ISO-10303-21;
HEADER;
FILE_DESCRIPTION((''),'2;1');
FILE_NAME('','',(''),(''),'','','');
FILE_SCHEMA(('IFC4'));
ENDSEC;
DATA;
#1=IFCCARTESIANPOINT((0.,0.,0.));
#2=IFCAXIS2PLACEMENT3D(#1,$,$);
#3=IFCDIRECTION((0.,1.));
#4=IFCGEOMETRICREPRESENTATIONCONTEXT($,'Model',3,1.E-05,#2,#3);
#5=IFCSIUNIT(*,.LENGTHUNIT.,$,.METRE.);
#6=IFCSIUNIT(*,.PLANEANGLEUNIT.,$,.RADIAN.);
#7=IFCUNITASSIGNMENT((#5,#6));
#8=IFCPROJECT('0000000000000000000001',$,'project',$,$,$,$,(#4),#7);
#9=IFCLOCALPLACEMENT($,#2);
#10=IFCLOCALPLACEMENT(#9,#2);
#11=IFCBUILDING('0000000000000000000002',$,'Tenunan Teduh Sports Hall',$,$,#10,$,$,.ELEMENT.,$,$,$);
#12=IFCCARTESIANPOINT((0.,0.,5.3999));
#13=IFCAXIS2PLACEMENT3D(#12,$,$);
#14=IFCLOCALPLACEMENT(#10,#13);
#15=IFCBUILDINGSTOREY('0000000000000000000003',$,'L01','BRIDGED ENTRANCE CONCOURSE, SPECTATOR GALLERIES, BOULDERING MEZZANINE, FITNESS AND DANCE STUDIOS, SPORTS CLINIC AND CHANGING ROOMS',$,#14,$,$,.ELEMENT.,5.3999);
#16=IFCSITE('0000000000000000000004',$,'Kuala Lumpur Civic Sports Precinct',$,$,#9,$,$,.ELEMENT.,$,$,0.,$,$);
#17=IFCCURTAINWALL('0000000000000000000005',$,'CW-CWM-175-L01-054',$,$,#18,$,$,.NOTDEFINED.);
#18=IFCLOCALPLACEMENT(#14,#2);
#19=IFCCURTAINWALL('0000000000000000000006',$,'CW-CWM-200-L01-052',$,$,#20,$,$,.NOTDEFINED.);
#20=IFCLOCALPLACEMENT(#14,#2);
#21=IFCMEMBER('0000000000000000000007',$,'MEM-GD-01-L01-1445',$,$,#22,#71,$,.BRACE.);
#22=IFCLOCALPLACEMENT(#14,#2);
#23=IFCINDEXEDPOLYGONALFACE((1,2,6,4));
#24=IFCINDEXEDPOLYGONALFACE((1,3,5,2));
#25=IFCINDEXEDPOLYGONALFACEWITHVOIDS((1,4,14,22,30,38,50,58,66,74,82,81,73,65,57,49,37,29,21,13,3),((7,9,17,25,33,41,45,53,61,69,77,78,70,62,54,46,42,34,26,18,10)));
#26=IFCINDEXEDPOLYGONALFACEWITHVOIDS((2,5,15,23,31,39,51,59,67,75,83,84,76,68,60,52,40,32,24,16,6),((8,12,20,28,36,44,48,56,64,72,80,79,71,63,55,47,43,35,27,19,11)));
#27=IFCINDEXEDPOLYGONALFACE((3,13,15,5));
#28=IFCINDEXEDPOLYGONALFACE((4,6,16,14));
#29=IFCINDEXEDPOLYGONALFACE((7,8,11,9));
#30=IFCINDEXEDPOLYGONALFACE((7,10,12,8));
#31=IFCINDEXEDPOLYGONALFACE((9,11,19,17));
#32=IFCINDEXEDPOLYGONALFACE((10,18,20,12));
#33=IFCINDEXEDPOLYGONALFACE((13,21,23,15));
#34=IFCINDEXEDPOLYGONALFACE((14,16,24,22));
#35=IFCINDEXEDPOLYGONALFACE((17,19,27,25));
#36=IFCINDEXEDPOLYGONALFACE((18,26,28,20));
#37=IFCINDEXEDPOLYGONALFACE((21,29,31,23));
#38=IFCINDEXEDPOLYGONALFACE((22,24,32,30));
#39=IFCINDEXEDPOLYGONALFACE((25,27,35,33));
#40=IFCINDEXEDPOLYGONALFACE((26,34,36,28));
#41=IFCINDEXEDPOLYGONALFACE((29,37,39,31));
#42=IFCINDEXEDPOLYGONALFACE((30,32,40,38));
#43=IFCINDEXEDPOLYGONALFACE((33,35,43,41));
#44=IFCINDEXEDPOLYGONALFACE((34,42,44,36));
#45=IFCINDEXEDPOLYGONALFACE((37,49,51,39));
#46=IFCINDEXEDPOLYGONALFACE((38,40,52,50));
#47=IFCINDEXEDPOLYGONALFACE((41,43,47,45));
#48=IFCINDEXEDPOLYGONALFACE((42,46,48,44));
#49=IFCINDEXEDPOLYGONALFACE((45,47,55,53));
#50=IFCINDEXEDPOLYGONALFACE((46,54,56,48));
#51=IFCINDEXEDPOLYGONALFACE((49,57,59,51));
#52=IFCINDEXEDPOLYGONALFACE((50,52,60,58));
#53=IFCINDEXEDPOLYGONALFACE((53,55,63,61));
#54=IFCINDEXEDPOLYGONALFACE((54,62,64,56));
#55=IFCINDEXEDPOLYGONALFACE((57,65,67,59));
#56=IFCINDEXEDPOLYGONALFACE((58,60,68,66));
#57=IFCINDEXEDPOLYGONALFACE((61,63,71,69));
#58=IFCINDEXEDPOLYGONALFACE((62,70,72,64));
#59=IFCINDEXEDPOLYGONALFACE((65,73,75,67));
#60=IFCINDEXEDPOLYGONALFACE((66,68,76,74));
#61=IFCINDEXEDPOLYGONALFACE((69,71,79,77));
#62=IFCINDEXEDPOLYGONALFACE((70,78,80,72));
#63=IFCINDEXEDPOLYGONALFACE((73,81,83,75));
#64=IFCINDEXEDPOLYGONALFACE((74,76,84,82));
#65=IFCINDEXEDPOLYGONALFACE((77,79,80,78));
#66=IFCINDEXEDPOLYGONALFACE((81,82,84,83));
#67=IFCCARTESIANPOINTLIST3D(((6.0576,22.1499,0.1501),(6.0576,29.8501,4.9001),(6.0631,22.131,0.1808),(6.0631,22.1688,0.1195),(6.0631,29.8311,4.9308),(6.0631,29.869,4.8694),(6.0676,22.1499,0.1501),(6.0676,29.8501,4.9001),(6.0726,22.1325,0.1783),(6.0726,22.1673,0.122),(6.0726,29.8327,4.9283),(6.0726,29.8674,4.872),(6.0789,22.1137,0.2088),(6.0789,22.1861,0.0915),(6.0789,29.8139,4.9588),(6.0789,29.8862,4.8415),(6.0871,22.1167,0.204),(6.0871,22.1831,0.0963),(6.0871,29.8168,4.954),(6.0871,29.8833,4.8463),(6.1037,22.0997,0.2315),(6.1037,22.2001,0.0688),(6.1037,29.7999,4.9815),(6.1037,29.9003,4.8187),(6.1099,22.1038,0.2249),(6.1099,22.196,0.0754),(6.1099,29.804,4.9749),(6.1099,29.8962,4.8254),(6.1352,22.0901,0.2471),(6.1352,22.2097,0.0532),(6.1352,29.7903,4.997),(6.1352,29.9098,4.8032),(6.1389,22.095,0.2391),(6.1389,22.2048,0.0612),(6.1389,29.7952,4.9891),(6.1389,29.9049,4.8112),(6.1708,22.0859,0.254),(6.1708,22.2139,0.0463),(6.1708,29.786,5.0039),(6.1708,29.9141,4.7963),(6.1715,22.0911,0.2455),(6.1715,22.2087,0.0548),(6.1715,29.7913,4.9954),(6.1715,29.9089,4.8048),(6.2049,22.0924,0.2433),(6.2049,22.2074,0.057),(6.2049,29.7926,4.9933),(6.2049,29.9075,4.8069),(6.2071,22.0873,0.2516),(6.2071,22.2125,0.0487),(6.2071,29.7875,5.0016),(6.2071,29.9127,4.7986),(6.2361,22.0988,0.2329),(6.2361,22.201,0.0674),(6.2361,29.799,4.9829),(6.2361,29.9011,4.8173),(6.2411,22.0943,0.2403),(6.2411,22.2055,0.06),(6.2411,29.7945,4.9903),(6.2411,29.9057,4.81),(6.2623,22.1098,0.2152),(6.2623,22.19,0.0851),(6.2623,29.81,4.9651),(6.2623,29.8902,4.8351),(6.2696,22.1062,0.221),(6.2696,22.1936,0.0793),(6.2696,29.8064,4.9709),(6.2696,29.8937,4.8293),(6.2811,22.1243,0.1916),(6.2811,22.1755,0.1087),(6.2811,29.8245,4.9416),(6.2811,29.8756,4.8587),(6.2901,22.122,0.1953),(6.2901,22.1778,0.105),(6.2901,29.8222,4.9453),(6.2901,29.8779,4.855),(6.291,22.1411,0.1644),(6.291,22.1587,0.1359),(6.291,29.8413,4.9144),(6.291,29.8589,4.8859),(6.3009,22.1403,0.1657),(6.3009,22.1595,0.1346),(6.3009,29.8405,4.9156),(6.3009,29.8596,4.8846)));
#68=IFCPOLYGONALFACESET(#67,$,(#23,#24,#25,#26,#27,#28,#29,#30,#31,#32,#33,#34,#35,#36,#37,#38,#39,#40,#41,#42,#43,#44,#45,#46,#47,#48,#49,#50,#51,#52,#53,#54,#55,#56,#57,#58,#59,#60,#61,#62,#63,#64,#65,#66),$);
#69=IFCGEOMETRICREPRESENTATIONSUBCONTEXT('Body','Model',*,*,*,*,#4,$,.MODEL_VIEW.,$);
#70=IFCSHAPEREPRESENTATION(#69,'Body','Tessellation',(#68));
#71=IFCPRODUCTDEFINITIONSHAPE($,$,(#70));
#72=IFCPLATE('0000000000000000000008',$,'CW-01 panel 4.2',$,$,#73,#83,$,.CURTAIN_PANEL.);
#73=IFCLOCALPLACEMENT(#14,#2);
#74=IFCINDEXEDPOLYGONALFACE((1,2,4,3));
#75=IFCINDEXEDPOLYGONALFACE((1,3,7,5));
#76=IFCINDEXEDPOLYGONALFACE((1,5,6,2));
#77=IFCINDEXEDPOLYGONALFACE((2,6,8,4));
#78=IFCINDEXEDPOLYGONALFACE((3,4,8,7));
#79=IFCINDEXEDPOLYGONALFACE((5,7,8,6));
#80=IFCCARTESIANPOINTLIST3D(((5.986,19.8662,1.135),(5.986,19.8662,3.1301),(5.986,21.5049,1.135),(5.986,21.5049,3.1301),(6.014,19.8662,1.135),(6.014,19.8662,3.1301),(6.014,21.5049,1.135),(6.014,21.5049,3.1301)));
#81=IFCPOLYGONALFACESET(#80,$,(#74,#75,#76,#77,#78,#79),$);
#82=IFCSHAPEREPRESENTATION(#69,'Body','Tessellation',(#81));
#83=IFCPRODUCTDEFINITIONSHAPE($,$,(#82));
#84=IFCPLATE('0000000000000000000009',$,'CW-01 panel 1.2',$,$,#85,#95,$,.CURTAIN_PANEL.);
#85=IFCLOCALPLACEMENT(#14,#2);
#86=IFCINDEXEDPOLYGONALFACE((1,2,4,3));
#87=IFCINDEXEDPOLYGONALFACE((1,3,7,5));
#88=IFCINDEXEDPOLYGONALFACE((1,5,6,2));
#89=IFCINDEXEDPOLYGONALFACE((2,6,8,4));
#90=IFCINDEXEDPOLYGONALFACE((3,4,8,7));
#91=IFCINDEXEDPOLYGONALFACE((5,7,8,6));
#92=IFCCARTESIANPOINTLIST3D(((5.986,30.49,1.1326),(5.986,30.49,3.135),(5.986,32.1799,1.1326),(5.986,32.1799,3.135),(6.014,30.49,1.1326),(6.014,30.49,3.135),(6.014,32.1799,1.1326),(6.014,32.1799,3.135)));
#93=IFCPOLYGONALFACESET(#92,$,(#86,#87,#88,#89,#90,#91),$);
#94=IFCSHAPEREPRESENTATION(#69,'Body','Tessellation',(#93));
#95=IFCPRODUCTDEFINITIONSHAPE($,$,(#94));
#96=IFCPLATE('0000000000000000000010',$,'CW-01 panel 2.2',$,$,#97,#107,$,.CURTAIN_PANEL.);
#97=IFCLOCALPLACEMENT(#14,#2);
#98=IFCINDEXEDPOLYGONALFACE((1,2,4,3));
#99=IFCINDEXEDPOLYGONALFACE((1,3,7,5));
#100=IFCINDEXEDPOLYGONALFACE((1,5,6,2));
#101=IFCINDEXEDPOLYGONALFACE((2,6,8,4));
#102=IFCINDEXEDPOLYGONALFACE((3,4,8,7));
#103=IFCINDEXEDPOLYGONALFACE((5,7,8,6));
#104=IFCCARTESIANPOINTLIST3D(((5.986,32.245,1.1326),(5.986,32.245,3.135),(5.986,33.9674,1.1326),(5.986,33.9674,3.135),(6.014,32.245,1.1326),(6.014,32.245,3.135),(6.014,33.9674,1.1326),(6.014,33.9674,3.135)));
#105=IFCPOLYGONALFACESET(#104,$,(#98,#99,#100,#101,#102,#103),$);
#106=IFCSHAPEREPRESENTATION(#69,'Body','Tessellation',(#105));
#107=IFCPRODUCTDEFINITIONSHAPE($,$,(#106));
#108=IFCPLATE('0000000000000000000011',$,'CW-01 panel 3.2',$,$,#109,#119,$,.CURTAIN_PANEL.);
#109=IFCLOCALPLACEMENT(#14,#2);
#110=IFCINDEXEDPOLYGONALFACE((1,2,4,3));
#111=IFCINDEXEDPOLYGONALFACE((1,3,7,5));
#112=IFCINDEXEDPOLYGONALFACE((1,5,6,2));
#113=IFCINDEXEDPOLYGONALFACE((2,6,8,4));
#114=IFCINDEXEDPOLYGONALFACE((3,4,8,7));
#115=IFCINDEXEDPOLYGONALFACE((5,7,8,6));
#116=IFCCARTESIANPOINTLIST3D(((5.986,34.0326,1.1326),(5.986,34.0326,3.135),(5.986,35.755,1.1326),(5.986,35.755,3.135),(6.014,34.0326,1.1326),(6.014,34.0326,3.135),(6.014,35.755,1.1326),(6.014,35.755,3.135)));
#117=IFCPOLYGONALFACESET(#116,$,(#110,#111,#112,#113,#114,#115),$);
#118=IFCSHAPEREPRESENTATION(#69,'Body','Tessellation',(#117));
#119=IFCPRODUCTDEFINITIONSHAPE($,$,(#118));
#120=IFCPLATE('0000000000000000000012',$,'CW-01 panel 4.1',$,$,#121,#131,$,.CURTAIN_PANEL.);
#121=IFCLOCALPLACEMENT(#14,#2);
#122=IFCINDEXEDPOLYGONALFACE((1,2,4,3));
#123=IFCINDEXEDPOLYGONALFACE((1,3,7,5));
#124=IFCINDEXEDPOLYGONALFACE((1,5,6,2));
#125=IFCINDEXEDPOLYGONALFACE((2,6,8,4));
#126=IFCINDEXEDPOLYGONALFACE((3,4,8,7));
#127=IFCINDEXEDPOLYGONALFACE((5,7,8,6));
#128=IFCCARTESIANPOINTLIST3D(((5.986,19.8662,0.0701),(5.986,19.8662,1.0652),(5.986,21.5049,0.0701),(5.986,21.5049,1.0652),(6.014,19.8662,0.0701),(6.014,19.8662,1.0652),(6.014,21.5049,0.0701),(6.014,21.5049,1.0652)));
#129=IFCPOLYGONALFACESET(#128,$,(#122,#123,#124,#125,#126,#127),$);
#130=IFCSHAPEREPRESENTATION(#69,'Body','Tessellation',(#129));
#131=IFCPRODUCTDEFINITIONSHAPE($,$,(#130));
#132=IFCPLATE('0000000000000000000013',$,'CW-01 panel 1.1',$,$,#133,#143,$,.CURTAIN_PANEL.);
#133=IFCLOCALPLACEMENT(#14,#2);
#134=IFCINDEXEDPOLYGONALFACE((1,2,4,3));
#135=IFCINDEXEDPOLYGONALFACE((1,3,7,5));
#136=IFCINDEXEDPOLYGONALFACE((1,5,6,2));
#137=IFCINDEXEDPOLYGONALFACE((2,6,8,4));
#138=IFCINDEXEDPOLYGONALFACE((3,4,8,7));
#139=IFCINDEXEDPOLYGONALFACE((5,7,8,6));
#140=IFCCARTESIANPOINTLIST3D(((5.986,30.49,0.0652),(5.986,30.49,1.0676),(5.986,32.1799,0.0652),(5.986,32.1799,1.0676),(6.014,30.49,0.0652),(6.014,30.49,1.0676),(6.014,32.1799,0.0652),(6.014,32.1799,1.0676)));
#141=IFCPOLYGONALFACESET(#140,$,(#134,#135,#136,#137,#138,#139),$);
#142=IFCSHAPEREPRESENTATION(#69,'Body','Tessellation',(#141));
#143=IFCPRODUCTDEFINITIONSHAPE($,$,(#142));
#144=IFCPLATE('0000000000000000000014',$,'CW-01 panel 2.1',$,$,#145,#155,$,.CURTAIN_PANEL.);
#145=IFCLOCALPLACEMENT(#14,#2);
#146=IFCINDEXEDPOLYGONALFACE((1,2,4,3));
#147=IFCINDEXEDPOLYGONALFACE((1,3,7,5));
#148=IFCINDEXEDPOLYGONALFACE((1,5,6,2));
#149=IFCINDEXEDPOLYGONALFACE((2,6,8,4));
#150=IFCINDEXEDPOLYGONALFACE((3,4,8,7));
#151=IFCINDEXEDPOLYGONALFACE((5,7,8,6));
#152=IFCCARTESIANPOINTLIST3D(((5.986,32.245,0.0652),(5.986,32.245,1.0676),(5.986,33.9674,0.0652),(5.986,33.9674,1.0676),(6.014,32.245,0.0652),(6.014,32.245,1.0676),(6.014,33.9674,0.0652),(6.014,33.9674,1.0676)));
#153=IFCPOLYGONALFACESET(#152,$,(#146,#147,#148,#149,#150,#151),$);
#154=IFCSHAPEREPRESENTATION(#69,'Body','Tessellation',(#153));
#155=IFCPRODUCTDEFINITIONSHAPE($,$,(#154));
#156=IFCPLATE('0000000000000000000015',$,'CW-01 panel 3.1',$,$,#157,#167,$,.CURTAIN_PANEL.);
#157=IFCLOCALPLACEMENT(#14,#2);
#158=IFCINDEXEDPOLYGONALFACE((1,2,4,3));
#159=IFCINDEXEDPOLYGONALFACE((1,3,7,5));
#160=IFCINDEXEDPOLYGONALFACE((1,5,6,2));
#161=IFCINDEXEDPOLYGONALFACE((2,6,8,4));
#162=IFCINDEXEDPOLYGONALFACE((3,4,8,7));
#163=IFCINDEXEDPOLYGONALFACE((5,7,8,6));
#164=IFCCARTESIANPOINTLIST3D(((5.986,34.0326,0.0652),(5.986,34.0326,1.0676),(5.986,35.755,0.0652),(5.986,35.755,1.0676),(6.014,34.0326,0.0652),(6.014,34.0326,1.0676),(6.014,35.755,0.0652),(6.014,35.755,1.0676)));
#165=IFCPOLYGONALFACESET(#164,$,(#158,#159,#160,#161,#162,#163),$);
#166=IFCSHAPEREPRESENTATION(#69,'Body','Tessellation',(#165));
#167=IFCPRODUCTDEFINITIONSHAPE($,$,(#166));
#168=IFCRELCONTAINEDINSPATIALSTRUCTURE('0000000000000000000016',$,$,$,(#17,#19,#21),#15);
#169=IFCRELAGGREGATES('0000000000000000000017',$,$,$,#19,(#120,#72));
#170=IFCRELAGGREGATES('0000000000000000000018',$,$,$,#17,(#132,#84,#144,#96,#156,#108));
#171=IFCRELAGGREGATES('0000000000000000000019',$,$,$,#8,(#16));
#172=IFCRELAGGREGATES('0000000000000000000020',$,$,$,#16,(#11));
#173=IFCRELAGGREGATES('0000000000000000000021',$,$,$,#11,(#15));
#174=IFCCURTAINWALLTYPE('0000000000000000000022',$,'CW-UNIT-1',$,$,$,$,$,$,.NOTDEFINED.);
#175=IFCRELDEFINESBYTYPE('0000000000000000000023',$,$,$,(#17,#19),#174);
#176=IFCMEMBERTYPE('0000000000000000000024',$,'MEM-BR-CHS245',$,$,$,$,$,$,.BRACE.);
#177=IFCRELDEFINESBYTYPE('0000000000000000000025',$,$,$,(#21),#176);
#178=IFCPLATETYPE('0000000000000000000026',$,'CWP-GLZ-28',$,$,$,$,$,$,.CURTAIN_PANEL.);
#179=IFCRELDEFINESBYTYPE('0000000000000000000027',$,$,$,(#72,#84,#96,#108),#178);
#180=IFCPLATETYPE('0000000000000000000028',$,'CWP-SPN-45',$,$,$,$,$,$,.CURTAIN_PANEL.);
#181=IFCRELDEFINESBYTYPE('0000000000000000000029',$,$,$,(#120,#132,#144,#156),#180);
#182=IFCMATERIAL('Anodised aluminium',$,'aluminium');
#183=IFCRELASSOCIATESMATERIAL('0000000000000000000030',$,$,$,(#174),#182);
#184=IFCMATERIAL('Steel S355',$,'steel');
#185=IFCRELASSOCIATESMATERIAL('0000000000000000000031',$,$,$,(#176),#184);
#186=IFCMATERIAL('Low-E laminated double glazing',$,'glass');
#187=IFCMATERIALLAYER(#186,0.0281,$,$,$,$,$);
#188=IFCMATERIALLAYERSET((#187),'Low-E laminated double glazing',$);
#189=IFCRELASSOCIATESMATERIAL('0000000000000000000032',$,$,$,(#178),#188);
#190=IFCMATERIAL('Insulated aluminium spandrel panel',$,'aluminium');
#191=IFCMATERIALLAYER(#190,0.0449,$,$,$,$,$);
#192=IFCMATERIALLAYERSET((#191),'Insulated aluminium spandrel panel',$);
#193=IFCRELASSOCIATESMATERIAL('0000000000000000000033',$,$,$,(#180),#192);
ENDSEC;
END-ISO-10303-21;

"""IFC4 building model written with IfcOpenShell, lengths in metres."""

from ifc_helpers import new_model, si_unit, direction, frame, origin, origin_2d, place, context, subcontext, project, spatial, rectangle, hollow_circle, extrude, material, layer, layer_set, material_profile, profile_set, type_object, element, aggregate, save


model = new_model("IFC4")

# Units and contexts
model_context = context("Model", 3, precision=1e-05, world=origin(), true_north=direction((0.0, 1.0)))
body_context = subcontext(model_context, "Body", "Model", "MODEL_VIEW")
ifc_project = project(units=[si_unit("LENGTHUNIT", "METRE"), si_unit("PLANEANGLEUNIT", "RADIAN")], contexts=[model_context])

# Site, building, storey
site_placement = place(None, origin())
site = spatial("IfcSite", under=ifc_project, at=site_placement, Name="Kuala Lumpur Civic Sports Precinct", CompositionType="ELEMENT", RefElevation=0.0)
building_placement = place(site_placement, origin())
building = spatial("IfcBuilding", under=site, at=building_placement, Name="Tenunan Teduh Sports Hall", CompositionType="ELEMENT")
storey_placement = place(building_placement, frame((0.0, 0.0, 5.3999)))
storey = spatial("IfcBuildingStorey", under=building, at=storey_placement, Name="L01", Description="BRIDGED ENTRANCE CONCOURSE, SPECTATOR GALLERIES, BOULDERING MEZZANINE, FITNESS AND DANCE STUDIOS, SPORTS CLINIC AND CHANGING ROOMS", CompositionType="ELEMENT", Elevation=5.3999)

# Curtain walls
ifc_material_1 = material(Name="Anodised aluminium", Category="aluminium")
curtain_wall_type = type_object("IfcCurtainWallType", Name="CW-UNIT-1", PredefinedType="NOTDEFINED", material=ifc_material_1)
curtain_wall_1_placement = place(storey_placement, origin())
curtain_wall_1 = element("IfcCurtainWall", 1, at=curtain_wall_1_placement, inside=storey, type_object=curtain_wall_type, Name="CW-CWM-175-L01-054", PredefinedType="NOTDEFINED")
curtain_wall_2_placement = place(storey_placement, origin())
curtain_wall_2 = element("IfcCurtainWall", 2, at=curtain_wall_2_placement, inside=storey, type_object=curtain_wall_type, Name="CW-CWM-200-L01-052", PredefinedType="NOTDEFINED")

# Member
ifc_material_2 = material(Name="Steel S355", Category="steel")
ifc_material_profile_1 = material_profile(ifc_material_2, hollow_circle(Radius=0.1223, WallThickness=0.01, at=origin_2d()), Name="CHS 244.5x10.0")
ifc_profile_set_1 = profile_set([ifc_material_profile_1], Name="Steel S355")
member_type_1 = type_object("IfcMemberType", Name="MEM-BR-CHS245", PredefinedType="BRACE", material=ifc_profile_set_1)
member_1_placement = place(storey_placement, frame((6.1799, 22.1499, 0.1501), z_axis=(0.0, 0.851095, 0.525013), x_axis=(-1.0, 0.0, 0.0)))
element("IfcMember", 3, at=member_1_placement, inside=storey, type_object=member_type_1, Name="MEM-GD-01-L01-1445", PredefinedType="BRACE", context=body_context, shape_type="SweptSolid", body=[
    extrude(hollow_circle(Radius=0.1223, WallThickness=0.01, at=origin_2d()), origin(), (0.0, 0.0, 1.0), 9.0474),
])

# Plates
ifc_material_3 = material(Name="Low-E laminated double glazing", Category="glass")
ifc_layer_1 = layer(ifc_material_3, 0.0281)
ifc_layer_set_1 = layer_set([ifc_layer_1], Name="Low-E laminated double glazing")
plate_type_1 = type_object("IfcPlateType", Name="CWP-GLZ-28", PredefinedType="CURTAIN_PANEL", material=ifc_layer_set_1)
plate_1_placement = place(storey_placement, frame((6.0, 20.6855, 1.135), z_axis=(0.0, 0.0, 1.0), x_axis=(0.0, 1.0, 0.0)))
plate_1 = element("IfcPlate", 4, at=plate_1_placement, type_object=plate_type_1, Name="CW-01 panel 4.2", PredefinedType="CURTAIN_PANEL", context=body_context, shape_type="SweptSolid", body=[
    extrude(rectangle(XDim=1.6387, YDim=0.0281, at=origin_2d()), origin(), (0.0, 0.0, 1.0), 1.9951),
])
plate_2_placement = place(storey_placement, frame((6.0, 31.335, 1.1326), z_axis=(0.0, 0.0, 1.0), x_axis=(0.0, 1.0, 0.0)))
plate_2 = element("IfcPlate", 5, at=plate_2_placement, type_object=plate_type_1, Name="CW-01 panel 1.2", PredefinedType="CURTAIN_PANEL", context=body_context, shape_type="SweptSolid", body=[
    extrude(rectangle(XDim=1.6899, YDim=0.0281, at=origin_2d()), origin(), (0.0, 0.0, 1.0), 2.0024),
])
plate_3_placement = place(storey_placement, frame((6.0, 33.1062, 1.1326), z_axis=(0.0, 0.0, 1.0), x_axis=(0.0, 1.0, 0.0)))
plate_3 = element("IfcPlate", 6, at=plate_3_placement, type_object=plate_type_1, Name="CW-01 panel 2.2", PredefinedType="CURTAIN_PANEL", context=body_context, shape_type="SweptSolid", body=[
    extrude(rectangle(XDim=1.7224, YDim=0.0281, at=origin_2d()), origin(), (0.0, 0.0, 1.0), 2.0024),
])
plate_4_placement = place(storey_placement, frame((6.0, 34.8938, 1.1326), z_axis=(0.0, 0.0, 1.0), x_axis=(0.0, 1.0, 0.0)))
plate_4 = element("IfcPlate", 7, at=plate_4_placement, type_object=plate_type_1, Name="CW-01 panel 3.2", PredefinedType="CURTAIN_PANEL", context=body_context, shape_type="SweptSolid", body=[
    extrude(rectangle(XDim=1.7224, YDim=0.0281, at=origin_2d()), origin(), (0.0, 0.0, 1.0), 2.0024),
])
ifc_material_4 = material(Name="Insulated aluminium spandrel panel", Category="aluminium")
ifc_layer_2 = layer(ifc_material_4, 0.0449)
ifc_layer_set_2 = layer_set([ifc_layer_2], Name="Insulated aluminium spandrel panel")
plate_type_2 = type_object("IfcPlateType", Name="CWP-SPN-45", PredefinedType="CURTAIN_PANEL", material=ifc_layer_set_2)
plate_5_placement = place(storey_placement, frame((6.0, 20.6855, 0.0701), z_axis=(0.0, 0.0, 1.0), x_axis=(0.0, 1.0, 0.0)))
plate_5 = element("IfcPlate", 8, at=plate_5_placement, type_object=plate_type_2, Name="CW-01 panel 4.1", PredefinedType="CURTAIN_PANEL", context=body_context, shape_type="SweptSolid", body=[
    extrude(rectangle(XDim=1.6387, YDim=0.0281, at=origin_2d()), origin(), (0.0, 0.0, 1.0), 0.9951),
])
aggregate(curtain_wall_2, [plate_5, plate_1])
plate_6_placement = place(storey_placement, frame((6.0, 31.335, 0.0652), z_axis=(0.0, 0.0, 1.0), x_axis=(0.0, 1.0, 0.0)))
plate_6 = element("IfcPlate", 9, at=plate_6_placement, type_object=plate_type_2, Name="CW-01 panel 1.1", PredefinedType="CURTAIN_PANEL", context=body_context, shape_type="SweptSolid", body=[
    extrude(rectangle(XDim=1.6899, YDim=0.0281, at=origin_2d()), origin(), (0.0, 0.0, 1.0), 1.0024),
])
plate_7_placement = place(storey_placement, frame((6.0, 33.1062, 0.0652), z_axis=(0.0, 0.0, 1.0), x_axis=(0.0, 1.0, 0.0)))
plate_7 = element("IfcPlate", 10, at=plate_7_placement, type_object=plate_type_2, Name="CW-01 panel 2.1", PredefinedType="CURTAIN_PANEL", context=body_context, shape_type="SweptSolid", body=[
    extrude(rectangle(XDim=1.7224, YDim=0.0281, at=origin_2d()), origin(), (0.0, 0.0, 1.0), 1.0024),
])
plate_8_placement = place(storey_placement, frame((6.0, 34.8938, 0.0652), z_axis=(0.0, 0.0, 1.0), x_axis=(0.0, 1.0, 0.0)))
plate_8 = element("IfcPlate", 11, at=plate_8_placement, type_object=plate_type_2, Name="CW-01 panel 3.1", PredefinedType="CURTAIN_PANEL", context=body_context, shape_type="SweptSolid", body=[
    extrude(rectangle(XDim=1.7224, YDim=0.0281, at=origin_2d()), origin(), (0.0, 0.0, 1.0), 1.0024),
])
aggregate(curtain_wall_1, [plate_6, plate_2, plate_7, plate_3, plate_8, plate_4])

save(model, "model.ifc")
